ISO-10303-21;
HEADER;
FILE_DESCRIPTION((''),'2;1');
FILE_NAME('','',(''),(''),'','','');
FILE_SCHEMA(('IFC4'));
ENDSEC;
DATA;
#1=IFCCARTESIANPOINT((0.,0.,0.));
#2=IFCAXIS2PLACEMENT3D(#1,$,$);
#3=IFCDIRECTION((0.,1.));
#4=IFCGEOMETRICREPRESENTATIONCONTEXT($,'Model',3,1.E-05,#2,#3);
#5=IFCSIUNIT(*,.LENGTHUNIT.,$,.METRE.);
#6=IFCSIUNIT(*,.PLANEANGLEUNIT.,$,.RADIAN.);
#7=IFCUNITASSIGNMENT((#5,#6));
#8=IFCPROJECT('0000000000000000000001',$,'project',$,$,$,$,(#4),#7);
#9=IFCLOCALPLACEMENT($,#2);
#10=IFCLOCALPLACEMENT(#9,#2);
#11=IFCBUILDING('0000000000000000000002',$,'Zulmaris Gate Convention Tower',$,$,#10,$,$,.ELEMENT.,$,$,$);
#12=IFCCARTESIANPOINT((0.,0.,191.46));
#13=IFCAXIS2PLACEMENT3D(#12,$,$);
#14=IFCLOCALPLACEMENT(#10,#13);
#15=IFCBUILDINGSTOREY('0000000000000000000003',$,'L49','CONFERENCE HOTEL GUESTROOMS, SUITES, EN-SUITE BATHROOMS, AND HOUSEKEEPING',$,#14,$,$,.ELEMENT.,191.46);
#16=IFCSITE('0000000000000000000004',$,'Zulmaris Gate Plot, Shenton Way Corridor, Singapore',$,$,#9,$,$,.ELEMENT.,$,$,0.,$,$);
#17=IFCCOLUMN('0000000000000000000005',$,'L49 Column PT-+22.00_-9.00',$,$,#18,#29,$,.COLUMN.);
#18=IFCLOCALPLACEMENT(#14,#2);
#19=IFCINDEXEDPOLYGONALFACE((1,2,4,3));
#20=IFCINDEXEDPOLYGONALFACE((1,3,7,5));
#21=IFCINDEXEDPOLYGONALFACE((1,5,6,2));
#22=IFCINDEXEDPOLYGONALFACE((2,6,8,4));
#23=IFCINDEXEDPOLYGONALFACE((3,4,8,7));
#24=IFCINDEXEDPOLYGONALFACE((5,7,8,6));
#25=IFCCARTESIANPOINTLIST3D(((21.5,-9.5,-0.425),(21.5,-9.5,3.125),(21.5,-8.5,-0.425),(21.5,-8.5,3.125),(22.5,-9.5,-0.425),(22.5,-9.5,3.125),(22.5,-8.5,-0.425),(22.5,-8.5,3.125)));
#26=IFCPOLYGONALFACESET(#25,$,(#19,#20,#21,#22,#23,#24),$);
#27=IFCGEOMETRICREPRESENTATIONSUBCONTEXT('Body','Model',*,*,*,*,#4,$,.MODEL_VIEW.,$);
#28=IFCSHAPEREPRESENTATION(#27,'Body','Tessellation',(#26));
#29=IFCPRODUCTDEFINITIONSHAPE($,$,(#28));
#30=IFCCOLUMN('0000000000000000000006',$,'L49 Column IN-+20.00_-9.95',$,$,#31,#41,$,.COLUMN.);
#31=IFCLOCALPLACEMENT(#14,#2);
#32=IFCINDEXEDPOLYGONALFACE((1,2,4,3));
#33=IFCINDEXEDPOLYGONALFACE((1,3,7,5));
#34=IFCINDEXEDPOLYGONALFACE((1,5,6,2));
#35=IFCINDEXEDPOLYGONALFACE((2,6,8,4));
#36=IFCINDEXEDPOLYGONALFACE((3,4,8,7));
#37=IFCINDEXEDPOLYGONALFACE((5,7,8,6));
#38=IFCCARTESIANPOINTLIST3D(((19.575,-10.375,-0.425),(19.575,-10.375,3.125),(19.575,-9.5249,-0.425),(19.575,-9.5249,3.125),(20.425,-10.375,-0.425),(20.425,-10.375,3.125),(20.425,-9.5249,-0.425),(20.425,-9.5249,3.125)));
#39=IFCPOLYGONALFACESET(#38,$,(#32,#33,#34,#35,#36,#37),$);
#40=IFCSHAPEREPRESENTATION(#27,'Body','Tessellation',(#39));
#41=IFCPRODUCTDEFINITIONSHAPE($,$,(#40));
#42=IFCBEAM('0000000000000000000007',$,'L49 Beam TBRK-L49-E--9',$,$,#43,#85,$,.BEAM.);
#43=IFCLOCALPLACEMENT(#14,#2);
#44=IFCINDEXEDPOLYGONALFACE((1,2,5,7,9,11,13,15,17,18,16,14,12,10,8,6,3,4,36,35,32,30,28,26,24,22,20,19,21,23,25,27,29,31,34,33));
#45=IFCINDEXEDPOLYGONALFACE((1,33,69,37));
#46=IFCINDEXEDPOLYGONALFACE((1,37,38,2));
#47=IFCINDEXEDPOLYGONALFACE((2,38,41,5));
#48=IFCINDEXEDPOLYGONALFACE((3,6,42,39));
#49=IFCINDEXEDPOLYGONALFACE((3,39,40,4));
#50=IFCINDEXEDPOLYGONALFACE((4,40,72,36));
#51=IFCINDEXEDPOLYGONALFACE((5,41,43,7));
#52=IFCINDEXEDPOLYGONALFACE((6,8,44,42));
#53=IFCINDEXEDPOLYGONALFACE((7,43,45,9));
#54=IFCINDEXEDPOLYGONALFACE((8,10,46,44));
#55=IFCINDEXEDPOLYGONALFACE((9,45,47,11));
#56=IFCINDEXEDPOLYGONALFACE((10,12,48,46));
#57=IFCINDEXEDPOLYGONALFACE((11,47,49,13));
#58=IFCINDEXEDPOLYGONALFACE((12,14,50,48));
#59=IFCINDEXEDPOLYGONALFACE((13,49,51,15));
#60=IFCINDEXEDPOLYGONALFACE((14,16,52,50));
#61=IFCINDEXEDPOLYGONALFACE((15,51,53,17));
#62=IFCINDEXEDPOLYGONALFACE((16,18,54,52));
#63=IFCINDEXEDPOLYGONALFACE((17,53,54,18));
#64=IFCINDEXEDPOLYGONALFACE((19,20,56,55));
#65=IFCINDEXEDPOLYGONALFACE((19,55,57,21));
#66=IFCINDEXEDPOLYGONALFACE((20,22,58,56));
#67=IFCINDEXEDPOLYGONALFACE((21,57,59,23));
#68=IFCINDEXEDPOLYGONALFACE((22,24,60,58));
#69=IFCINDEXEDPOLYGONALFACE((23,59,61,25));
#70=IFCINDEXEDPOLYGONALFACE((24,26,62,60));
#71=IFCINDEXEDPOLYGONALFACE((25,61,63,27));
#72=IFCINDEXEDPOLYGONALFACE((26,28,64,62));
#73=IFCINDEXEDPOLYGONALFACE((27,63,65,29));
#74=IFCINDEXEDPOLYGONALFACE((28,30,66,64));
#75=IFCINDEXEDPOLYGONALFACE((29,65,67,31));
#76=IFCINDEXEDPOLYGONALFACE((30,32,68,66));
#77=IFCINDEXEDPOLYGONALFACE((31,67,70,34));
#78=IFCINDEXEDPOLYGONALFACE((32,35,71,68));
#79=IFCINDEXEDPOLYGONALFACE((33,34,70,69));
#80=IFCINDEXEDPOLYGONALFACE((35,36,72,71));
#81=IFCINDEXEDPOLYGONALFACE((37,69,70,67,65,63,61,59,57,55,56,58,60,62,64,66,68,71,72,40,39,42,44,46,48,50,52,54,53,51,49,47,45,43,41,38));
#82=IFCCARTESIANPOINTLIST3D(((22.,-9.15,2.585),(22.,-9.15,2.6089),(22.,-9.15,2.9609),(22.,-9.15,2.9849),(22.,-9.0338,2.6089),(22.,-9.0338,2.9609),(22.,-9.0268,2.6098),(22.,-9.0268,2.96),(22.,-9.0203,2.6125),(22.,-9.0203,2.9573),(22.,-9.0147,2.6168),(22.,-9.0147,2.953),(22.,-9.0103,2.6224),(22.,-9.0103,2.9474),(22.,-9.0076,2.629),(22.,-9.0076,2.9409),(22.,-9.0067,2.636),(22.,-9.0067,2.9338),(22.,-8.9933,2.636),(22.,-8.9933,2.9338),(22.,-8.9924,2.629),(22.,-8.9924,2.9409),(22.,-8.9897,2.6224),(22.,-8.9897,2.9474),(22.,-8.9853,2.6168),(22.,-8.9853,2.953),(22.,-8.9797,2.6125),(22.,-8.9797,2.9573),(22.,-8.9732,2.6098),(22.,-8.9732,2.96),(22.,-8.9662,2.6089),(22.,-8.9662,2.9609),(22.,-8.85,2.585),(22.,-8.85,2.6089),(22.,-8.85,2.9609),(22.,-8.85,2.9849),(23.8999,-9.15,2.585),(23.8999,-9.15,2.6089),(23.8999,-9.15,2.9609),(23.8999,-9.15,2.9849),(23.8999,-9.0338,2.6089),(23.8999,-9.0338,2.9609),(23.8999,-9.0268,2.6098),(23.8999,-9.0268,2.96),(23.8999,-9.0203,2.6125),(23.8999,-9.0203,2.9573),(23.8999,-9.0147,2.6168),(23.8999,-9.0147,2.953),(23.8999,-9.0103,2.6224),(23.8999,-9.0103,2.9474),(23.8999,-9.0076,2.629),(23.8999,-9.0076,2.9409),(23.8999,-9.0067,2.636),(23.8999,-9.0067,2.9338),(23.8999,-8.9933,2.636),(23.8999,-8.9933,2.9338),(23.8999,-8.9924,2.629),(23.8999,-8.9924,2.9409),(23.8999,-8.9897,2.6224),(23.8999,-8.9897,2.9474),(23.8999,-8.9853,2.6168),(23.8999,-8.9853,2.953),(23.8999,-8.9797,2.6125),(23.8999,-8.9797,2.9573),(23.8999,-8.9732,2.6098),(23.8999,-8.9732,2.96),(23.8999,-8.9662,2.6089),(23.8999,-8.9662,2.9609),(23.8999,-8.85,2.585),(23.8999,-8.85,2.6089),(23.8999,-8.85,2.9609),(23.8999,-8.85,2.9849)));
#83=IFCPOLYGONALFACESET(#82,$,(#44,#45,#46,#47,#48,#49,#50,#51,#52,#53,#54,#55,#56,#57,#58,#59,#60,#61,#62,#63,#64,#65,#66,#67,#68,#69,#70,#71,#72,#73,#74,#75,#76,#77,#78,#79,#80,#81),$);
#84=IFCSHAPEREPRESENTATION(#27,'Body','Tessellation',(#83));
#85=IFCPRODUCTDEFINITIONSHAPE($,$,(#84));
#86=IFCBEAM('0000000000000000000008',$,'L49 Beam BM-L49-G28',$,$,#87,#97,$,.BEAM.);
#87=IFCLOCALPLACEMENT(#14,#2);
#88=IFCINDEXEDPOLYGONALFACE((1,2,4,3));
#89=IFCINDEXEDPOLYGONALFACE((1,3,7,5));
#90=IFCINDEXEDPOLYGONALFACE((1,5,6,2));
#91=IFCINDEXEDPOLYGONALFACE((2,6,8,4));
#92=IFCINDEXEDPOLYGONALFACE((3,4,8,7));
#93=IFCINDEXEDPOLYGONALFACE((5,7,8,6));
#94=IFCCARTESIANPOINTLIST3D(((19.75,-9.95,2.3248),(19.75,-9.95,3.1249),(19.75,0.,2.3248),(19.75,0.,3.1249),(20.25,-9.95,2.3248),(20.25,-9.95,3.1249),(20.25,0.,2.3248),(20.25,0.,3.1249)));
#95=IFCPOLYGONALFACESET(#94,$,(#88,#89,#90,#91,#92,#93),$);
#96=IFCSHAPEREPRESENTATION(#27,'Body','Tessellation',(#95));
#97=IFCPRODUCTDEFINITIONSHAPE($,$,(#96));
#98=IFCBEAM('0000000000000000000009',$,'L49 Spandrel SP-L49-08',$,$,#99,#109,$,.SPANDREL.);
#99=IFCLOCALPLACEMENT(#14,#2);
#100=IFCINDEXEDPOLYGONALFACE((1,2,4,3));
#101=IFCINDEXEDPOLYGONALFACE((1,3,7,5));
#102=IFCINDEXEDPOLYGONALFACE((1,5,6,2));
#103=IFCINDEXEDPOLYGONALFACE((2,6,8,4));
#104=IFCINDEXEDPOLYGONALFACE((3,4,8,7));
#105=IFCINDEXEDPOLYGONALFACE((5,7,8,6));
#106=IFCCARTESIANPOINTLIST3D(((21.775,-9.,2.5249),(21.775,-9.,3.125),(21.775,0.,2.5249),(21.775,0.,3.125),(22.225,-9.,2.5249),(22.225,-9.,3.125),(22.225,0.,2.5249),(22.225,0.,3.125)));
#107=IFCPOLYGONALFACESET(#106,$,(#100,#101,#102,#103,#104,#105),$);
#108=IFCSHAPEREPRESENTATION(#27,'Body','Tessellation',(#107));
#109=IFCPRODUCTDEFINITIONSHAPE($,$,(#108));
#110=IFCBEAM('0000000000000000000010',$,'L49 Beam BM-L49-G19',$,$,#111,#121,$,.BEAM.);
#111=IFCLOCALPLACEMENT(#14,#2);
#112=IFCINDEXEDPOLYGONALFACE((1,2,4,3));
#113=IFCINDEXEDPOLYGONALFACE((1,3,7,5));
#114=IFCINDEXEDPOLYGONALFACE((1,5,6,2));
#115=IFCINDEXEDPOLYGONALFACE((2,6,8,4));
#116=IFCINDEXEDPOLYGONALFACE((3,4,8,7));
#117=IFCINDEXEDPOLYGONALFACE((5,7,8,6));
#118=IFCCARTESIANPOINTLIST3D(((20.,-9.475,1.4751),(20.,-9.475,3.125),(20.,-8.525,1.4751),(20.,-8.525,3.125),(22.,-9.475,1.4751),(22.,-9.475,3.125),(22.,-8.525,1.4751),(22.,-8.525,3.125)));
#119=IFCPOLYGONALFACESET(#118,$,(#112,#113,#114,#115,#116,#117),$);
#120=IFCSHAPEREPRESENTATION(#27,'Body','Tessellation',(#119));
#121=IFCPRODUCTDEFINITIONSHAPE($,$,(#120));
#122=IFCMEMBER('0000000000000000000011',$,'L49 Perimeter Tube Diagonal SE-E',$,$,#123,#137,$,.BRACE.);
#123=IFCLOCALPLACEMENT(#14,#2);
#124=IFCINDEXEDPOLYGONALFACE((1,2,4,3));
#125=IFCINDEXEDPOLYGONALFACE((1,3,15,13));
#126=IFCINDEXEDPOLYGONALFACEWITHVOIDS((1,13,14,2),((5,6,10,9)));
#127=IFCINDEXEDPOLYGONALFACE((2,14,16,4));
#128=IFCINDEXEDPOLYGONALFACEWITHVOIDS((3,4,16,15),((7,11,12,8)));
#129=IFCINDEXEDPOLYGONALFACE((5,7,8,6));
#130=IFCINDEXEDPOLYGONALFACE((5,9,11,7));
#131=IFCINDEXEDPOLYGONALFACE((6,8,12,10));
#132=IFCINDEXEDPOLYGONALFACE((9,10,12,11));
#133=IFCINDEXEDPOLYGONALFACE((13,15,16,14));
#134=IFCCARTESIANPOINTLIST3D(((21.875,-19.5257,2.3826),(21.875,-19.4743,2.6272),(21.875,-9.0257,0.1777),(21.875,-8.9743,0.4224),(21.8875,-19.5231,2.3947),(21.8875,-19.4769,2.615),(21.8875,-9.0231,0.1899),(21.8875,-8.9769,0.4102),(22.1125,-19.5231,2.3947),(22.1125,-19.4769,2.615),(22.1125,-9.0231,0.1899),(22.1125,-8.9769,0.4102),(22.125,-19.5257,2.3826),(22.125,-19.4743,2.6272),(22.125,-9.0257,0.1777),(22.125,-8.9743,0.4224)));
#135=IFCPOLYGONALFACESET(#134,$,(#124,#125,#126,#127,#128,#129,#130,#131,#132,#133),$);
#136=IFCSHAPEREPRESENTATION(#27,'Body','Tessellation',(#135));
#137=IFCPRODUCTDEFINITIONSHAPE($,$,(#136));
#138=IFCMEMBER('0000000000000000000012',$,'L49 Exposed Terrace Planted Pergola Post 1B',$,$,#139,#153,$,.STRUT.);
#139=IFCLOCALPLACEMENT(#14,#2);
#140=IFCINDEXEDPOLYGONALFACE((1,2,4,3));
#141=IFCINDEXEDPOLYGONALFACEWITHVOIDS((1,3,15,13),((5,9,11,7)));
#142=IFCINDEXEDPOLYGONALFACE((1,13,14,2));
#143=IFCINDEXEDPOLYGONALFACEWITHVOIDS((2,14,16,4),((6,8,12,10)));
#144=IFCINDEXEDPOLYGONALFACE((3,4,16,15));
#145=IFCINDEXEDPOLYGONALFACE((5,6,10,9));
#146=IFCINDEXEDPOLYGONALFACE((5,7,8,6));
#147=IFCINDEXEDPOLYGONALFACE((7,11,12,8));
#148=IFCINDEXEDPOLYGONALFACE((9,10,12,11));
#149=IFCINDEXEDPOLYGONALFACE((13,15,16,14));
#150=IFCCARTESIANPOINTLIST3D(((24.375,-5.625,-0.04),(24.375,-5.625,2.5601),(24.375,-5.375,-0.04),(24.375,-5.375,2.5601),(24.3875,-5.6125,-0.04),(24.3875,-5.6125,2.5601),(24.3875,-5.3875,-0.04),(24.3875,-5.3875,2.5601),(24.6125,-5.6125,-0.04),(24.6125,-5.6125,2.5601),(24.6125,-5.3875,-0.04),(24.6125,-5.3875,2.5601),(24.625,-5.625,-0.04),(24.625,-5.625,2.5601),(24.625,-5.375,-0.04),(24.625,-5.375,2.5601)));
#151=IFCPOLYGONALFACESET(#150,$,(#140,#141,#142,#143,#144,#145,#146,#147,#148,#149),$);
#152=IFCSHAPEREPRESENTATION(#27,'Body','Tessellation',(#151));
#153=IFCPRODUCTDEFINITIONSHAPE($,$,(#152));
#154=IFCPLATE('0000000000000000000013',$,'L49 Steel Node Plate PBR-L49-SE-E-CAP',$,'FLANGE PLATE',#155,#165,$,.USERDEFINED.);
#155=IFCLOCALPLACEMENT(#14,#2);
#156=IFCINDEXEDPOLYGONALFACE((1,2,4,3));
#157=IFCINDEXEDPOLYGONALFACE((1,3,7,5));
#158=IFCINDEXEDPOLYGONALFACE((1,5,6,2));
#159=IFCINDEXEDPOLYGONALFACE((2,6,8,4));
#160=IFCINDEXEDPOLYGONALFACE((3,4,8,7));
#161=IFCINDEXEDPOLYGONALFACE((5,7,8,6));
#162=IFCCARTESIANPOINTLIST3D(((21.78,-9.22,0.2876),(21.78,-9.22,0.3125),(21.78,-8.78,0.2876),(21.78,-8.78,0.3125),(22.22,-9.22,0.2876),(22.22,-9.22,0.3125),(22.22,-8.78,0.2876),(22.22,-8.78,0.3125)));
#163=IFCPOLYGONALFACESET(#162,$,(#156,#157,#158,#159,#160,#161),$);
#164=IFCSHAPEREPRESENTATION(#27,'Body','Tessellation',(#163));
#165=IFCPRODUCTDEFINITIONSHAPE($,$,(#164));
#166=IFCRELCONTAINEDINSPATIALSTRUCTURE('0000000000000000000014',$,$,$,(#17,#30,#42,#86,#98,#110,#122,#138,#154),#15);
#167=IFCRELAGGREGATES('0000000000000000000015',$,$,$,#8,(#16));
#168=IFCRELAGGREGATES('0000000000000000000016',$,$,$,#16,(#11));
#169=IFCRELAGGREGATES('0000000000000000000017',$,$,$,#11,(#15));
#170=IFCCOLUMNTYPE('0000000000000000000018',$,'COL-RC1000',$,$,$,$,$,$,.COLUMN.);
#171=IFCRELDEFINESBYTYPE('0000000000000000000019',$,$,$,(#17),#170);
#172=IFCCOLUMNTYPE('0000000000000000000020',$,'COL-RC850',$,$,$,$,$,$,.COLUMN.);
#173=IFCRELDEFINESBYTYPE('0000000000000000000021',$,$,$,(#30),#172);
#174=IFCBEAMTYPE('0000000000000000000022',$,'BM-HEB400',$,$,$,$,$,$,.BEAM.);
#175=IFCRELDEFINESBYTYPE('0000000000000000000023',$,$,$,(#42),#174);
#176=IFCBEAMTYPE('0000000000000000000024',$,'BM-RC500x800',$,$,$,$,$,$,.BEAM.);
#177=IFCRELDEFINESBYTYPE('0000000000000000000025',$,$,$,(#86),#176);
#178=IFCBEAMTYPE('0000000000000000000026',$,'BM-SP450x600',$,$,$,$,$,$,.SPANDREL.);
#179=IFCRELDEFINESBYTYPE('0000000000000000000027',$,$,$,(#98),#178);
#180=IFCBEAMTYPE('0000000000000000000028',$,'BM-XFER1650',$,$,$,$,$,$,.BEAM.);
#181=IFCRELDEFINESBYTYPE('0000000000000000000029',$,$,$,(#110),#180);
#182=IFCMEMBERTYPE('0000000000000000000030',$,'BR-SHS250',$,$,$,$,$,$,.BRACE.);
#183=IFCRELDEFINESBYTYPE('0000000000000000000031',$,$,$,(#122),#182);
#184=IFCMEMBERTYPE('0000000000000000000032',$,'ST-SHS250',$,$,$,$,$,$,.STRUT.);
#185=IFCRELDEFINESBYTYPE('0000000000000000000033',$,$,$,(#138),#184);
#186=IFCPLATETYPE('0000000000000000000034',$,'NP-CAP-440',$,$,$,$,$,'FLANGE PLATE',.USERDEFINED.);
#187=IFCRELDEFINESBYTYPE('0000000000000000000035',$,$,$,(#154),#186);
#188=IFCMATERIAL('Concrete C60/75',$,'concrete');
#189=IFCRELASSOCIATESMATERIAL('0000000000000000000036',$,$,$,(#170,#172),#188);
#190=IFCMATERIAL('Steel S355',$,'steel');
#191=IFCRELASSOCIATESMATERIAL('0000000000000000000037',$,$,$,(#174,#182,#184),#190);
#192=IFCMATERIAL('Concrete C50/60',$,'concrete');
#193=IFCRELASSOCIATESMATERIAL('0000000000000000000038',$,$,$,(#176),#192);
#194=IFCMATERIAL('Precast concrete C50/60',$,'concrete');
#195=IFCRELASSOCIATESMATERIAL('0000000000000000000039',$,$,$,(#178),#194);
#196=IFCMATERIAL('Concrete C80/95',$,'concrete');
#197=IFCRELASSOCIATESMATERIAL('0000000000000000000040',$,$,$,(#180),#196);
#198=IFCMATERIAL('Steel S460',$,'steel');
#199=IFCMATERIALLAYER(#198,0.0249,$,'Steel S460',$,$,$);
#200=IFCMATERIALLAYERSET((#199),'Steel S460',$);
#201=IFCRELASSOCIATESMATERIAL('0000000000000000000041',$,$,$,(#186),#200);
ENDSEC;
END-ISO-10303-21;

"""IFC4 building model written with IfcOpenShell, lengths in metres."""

from ifc_helpers import new_model, si_unit, direction, frame, origin, origin_2d, place, context, subcontext, project, spatial, rectangle, hollow_rectangle, i_section, extrude, material, layer, layer_set, material_profile, profile_set, type_object, element, save


model = new_model("IFC4")

# Units and contexts
model_context = context("Model", 3, precision=1e-05, world=origin(), true_north=direction((0.0, 1.0)))
body_context = subcontext(model_context, "Body", "Model", "MODEL_VIEW")
ifc_project = project(units=[si_unit("LENGTHUNIT", "METRE"), si_unit("PLANEANGLEUNIT", "RADIAN")], contexts=[model_context])

# Site, building, storey
site_placement = place(None, origin())
site = spatial("IfcSite", under=ifc_project, at=site_placement, Name="Zulmaris Gate Plot, Shenton Way Corridor, Singapore", CompositionType="ELEMENT", RefElevation=0.0)
building_placement = place(site_placement, origin())
building = spatial("IfcBuilding", under=site, at=building_placement, Name="Zulmaris Gate Convention Tower", CompositionType="ELEMENT")
storey_placement = place(building_placement, frame((0.0, 0.0, 191.46)))
storey = spatial("IfcBuildingStorey", under=building, at=storey_placement, Name="L49", Description="CONFERENCE HOTEL GUESTROOMS, SUITES, EN-SUITE BATHROOMS, AND HOUSEKEEPING", CompositionType="ELEMENT", Elevation=191.46)

# Columns
ifc_material_1 = material(Name="Concrete C60/75", Category="concrete")
ifc_material_profile_1 = material_profile(ifc_material_1, rectangle(XDim=1.0, YDim=1.0, at=origin_2d()), Name="RC COL 1000x1000")
ifc_profile_set_1 = profile_set([ifc_material_profile_1], Name="Concrete C60/75")
column_type_1 = type_object("IfcColumnType", Name="COL-RC1000", PredefinedType="COLUMN", material=ifc_profile_set_1)
column_1_placement = place(storey_placement, frame((22.0, -9.0, -0.425), z_axis=(0.0, 0.0, 1.0), x_axis=(1.0, 0.0, 0.0)))
element("IfcColumn", 1, at=column_1_placement, inside=storey, type_object=column_type_1, Name="L49 Column PT-+22.00_-9.00", PredefinedType="COLUMN", context=body_context, shape_type="SweptSolid", body=[
    extrude(rectangle(XDim=1.0, YDim=1.0, at=origin_2d()), origin(), (0.0, 0.0, 1.0), 3.55),
])
ifc_material_profile_2 = material_profile(ifc_material_1, rectangle(XDim=0.8501, YDim=0.8501, at=origin_2d()), Name="RC COL 850x850")
ifc_profile_set_2 = profile_set([ifc_material_profile_2], Name="Concrete C60/75")
column_type_2 = type_object("IfcColumnType", Name="COL-RC850", PredefinedType="COLUMN", material=ifc_profile_set_2)
column_2_placement = place(storey_placement, frame((20.0, -9.95, -0.425), z_axis=(0.0, 0.0, 1.0), x_axis=(1.0, 0.0, 0.0)))
element("IfcColumn", 2, at=column_2_placement, inside=storey, type_object=column_type_2, Name="L49 Column IN-+20.00_-9.95", PredefinedType="COLUMN", context=body_context, shape_type="SweptSolid", body=[
    extrude(rectangle(XDim=0.8501, YDim=0.8501, at=origin_2d()), origin(), (0.0, 0.0, 1.0), 3.55),
])

# Beams
ifc_material_2 = material(Name="Steel S355", Category="steel")
ifc_material_profile_3 = material_profile(ifc_material_2, i_section(OverallWidth=0.3, OverallDepth=0.3999, WebThickness=0.0134, FlangeThickness=0.0239, FilletRadius=0.0271, at=origin_2d()), Name="HEB 400")
ifc_profile_set_3 = profile_set([ifc_material_profile_3], Name="Steel S355")
beam_type_1 = type_object("IfcBeamType", Name="BM-HEB400", PredefinedType="BEAM", material=ifc_profile_set_3)
beam_1_placement = place(storey_placement, frame((22.0, -9.0, 2.7849), z_axis=(1.0, 0.0, 0.0), x_axis=(0.0, 1.0, 0.0)))
element("IfcBeam", 3, at=beam_1_placement, inside=storey, type_object=beam_type_1, Name="L49 Beam TBRK-L49-E--9", PredefinedType="BEAM", context=body_context, shape_type="SweptSolid", body=[
    extrude(i_section(OverallWidth=0.3, OverallDepth=0.3999, WebThickness=0.0134, FlangeThickness=0.0239, FilletRadius=0.0271, at=origin_2d()), origin(), (0.0, 0.0, 1.0), 1.8999),
])
ifc_material_3 = material(Name="Concrete C50/60", Category="concrete")
ifc_material_profile_4 = material_profile(ifc_material_3, rectangle(XDim=0.5, YDim=0.8, at=origin_2d()), Name="RC BEAM 500x800")
ifc_profile_set_4 = profile_set([ifc_material_profile_4], Name="Concrete C50/60")
beam_type_2 = type_object("IfcBeamType", Name="BM-RC500x800", PredefinedType="BEAM", material=ifc_profile_set_4)
beam_2_placement = place(storey_placement, frame((20.0, -9.95, 2.7249), z_axis=(0.0, 1.0, 0.0), x_axis=(-1.0, 0.0, 0.0)))
element("IfcBeam", 4, at=beam_2_placement, inside=storey, type_object=beam_type_2, Name="L49 Beam BM-L49-G28", PredefinedType="BEAM", context=body_context, shape_type="SweptSolid", body=[
    extrude(rectangle(XDim=0.5, YDim=0.8, at=origin_2d()), origin(), (0.0, 0.0, 1.0), 9.95),
])
ifc_material_4 = material(Name="Precast concrete C50/60", Category="concrete")
ifc_material_profile_5 = material_profile(ifc_material_4, rectangle(XDim=0.45, YDim=0.6001, at=origin_2d()), Name="RC SPANDREL 450x600")
ifc_profile_set_5 = profile_set([ifc_material_profile_5], Name="Precast concrete C50/60")
beam_type_3 = type_object("IfcBeamType", Name="BM-SP450x600", PredefinedType="SPANDREL", material=ifc_profile_set_5)
beam_3_placement = place(storey_placement, frame((22.0, -9.0, 2.825), z_axis=(0.0, 1.0, 0.0), x_axis=(-1.0, 0.0, 0.0)))
element("IfcBeam", 5, at=beam_3_placement, inside=storey, type_object=beam_type_3, Name="L49 Spandrel SP-L49-08", PredefinedType="SPANDREL", context=body_context, shape_type="SweptSolid", body=[
    extrude(rectangle(XDim=0.45, YDim=0.6001, at=origin_2d()), origin(), (0.0, 0.0, 1.0), 9.0),
])
ifc_material_5 = material(Name="Concrete C80/95", Category="concrete")
ifc_material_profile_6 = material_profile(ifc_material_5, rectangle(XDim=0.95, YDim=1.6499, at=origin_2d()), Name="RC TRANSFER 950x1650")
ifc_profile_set_6 = profile_set([ifc_material_profile_6], Name="Concrete C80/95")
beam_type_4 = type_object("IfcBeamType", Name="BM-XFER1650", PredefinedType="BEAM", material=ifc_profile_set_6)
beam_4_placement = place(storey_placement, frame((20.0, -9.0, 2.3), z_axis=(1.0, 0.0, 0.0), x_axis=(0.0, 1.0, 0.0)))
element("IfcBeam", 6, at=beam_4_placement, inside=storey, type_object=beam_type_4, Name="L49 Beam BM-L49-G19", PredefinedType="BEAM", context=body_context, shape_type="SweptSolid", body=[
    extrude(rectangle(XDim=0.95, YDim=1.6499, at=origin_2d()), origin(), (0.0, 0.0, 1.0), 2.0),
])

# Members
ifc_material_profile_7 = material_profile(ifc_material_2, hollow_rectangle(XDim=0.25, YDim=0.25, WallThickness=0.0125, at=origin_2d()), Name="SHS 250x250x12.5")
ifc_profile_set_7 = profile_set([ifc_material_profile_7], Name="Steel S355")
member_type_1 = type_object("IfcMemberType", Name="BR-SHS250", PredefinedType="BRACE", material=ifc_profile_set_7)
member_1_placement = place(storey_placement, frame((22.0, -9.0, 0.3), z_axis=(0.0, -0.978657, 0.205502), x_axis=(1.0, 0.0, 0.0)))
element("IfcMember", 7, at=member_1_placement, inside=storey, type_object=member_type_1, Name="L49 Perimeter Tube Diagonal SE-E", PredefinedType="BRACE", context=body_context, shape_type="SweptSolid", body=[
    extrude(hollow_rectangle(XDim=0.25, YDim=0.25, WallThickness=0.0125, at=origin_2d()), origin(), (0.0, 0.0, 1.0), 10.729),
])
ifc_material_profile_8 = material_profile(ifc_material_2, hollow_rectangle(XDim=0.25, YDim=0.25, WallThickness=0.0125, at=origin_2d()), Name="SHS 250x250x12.5")
ifc_profile_set_8 = profile_set([ifc_material_profile_8], Name="Steel S355")
member_type_2 = type_object("IfcMemberType", Name="ST-SHS250", PredefinedType="STRUT", material=ifc_profile_set_8)
member_2_placement = place(storey_placement, frame((24.5, -5.5, -0.04), z_axis=(0.0, 0.0, 1.0), x_axis=(1.0, 0.0, 0.0)))
element("IfcMember", 8, at=member_2_placement, inside=storey, type_object=member_type_2, Name="L49 Exposed Terrace Planted Pergola Post 1B", PredefinedType="STRUT", context=body_context, shape_type="SweptSolid", body=[
    extrude(hollow_rectangle(XDim=0.25, YDim=0.25, WallThickness=0.0125, at=origin_2d()), origin(), (0.0, 0.0, 1.0), 2.6001),
])

# Plate
ifc_material_6 = material(Name="Steel S460", Category="steel")
ifc_layer_1 = layer(ifc_material_6, 0.0249, Name="Steel S460")
ifc_layer_set_1 = layer_set([ifc_layer_1], Name="Steel S460")
plate_type = type_object("IfcPlateType", Name="NP-CAP-440", ElementType="FLANGE PLATE", PredefinedType="USERDEFINED", material=ifc_layer_set_1)
plate_placement = place(storey_placement, frame((22.0, -9.0, 0.2876), z_axis=(0.0, 0.0, 1.0), x_axis=(1.0, 0.0, 0.0)))
element("IfcPlate", 9, at=plate_placement, inside=storey, type_object=plate_type, Name="L49 Steel Node Plate PBR-L49-SE-E-CAP", ObjectType="FLANGE PLATE", PredefinedType="USERDEFINED", context=body_context, shape_type="SweptSolid", body=[
    extrude(rectangle(XDim=0.4399, YDim=0.4399, at=origin_2d()), origin(), (0.0, 0.0, 1.0), 0.0249),
])

save(model, "model.ifc")
